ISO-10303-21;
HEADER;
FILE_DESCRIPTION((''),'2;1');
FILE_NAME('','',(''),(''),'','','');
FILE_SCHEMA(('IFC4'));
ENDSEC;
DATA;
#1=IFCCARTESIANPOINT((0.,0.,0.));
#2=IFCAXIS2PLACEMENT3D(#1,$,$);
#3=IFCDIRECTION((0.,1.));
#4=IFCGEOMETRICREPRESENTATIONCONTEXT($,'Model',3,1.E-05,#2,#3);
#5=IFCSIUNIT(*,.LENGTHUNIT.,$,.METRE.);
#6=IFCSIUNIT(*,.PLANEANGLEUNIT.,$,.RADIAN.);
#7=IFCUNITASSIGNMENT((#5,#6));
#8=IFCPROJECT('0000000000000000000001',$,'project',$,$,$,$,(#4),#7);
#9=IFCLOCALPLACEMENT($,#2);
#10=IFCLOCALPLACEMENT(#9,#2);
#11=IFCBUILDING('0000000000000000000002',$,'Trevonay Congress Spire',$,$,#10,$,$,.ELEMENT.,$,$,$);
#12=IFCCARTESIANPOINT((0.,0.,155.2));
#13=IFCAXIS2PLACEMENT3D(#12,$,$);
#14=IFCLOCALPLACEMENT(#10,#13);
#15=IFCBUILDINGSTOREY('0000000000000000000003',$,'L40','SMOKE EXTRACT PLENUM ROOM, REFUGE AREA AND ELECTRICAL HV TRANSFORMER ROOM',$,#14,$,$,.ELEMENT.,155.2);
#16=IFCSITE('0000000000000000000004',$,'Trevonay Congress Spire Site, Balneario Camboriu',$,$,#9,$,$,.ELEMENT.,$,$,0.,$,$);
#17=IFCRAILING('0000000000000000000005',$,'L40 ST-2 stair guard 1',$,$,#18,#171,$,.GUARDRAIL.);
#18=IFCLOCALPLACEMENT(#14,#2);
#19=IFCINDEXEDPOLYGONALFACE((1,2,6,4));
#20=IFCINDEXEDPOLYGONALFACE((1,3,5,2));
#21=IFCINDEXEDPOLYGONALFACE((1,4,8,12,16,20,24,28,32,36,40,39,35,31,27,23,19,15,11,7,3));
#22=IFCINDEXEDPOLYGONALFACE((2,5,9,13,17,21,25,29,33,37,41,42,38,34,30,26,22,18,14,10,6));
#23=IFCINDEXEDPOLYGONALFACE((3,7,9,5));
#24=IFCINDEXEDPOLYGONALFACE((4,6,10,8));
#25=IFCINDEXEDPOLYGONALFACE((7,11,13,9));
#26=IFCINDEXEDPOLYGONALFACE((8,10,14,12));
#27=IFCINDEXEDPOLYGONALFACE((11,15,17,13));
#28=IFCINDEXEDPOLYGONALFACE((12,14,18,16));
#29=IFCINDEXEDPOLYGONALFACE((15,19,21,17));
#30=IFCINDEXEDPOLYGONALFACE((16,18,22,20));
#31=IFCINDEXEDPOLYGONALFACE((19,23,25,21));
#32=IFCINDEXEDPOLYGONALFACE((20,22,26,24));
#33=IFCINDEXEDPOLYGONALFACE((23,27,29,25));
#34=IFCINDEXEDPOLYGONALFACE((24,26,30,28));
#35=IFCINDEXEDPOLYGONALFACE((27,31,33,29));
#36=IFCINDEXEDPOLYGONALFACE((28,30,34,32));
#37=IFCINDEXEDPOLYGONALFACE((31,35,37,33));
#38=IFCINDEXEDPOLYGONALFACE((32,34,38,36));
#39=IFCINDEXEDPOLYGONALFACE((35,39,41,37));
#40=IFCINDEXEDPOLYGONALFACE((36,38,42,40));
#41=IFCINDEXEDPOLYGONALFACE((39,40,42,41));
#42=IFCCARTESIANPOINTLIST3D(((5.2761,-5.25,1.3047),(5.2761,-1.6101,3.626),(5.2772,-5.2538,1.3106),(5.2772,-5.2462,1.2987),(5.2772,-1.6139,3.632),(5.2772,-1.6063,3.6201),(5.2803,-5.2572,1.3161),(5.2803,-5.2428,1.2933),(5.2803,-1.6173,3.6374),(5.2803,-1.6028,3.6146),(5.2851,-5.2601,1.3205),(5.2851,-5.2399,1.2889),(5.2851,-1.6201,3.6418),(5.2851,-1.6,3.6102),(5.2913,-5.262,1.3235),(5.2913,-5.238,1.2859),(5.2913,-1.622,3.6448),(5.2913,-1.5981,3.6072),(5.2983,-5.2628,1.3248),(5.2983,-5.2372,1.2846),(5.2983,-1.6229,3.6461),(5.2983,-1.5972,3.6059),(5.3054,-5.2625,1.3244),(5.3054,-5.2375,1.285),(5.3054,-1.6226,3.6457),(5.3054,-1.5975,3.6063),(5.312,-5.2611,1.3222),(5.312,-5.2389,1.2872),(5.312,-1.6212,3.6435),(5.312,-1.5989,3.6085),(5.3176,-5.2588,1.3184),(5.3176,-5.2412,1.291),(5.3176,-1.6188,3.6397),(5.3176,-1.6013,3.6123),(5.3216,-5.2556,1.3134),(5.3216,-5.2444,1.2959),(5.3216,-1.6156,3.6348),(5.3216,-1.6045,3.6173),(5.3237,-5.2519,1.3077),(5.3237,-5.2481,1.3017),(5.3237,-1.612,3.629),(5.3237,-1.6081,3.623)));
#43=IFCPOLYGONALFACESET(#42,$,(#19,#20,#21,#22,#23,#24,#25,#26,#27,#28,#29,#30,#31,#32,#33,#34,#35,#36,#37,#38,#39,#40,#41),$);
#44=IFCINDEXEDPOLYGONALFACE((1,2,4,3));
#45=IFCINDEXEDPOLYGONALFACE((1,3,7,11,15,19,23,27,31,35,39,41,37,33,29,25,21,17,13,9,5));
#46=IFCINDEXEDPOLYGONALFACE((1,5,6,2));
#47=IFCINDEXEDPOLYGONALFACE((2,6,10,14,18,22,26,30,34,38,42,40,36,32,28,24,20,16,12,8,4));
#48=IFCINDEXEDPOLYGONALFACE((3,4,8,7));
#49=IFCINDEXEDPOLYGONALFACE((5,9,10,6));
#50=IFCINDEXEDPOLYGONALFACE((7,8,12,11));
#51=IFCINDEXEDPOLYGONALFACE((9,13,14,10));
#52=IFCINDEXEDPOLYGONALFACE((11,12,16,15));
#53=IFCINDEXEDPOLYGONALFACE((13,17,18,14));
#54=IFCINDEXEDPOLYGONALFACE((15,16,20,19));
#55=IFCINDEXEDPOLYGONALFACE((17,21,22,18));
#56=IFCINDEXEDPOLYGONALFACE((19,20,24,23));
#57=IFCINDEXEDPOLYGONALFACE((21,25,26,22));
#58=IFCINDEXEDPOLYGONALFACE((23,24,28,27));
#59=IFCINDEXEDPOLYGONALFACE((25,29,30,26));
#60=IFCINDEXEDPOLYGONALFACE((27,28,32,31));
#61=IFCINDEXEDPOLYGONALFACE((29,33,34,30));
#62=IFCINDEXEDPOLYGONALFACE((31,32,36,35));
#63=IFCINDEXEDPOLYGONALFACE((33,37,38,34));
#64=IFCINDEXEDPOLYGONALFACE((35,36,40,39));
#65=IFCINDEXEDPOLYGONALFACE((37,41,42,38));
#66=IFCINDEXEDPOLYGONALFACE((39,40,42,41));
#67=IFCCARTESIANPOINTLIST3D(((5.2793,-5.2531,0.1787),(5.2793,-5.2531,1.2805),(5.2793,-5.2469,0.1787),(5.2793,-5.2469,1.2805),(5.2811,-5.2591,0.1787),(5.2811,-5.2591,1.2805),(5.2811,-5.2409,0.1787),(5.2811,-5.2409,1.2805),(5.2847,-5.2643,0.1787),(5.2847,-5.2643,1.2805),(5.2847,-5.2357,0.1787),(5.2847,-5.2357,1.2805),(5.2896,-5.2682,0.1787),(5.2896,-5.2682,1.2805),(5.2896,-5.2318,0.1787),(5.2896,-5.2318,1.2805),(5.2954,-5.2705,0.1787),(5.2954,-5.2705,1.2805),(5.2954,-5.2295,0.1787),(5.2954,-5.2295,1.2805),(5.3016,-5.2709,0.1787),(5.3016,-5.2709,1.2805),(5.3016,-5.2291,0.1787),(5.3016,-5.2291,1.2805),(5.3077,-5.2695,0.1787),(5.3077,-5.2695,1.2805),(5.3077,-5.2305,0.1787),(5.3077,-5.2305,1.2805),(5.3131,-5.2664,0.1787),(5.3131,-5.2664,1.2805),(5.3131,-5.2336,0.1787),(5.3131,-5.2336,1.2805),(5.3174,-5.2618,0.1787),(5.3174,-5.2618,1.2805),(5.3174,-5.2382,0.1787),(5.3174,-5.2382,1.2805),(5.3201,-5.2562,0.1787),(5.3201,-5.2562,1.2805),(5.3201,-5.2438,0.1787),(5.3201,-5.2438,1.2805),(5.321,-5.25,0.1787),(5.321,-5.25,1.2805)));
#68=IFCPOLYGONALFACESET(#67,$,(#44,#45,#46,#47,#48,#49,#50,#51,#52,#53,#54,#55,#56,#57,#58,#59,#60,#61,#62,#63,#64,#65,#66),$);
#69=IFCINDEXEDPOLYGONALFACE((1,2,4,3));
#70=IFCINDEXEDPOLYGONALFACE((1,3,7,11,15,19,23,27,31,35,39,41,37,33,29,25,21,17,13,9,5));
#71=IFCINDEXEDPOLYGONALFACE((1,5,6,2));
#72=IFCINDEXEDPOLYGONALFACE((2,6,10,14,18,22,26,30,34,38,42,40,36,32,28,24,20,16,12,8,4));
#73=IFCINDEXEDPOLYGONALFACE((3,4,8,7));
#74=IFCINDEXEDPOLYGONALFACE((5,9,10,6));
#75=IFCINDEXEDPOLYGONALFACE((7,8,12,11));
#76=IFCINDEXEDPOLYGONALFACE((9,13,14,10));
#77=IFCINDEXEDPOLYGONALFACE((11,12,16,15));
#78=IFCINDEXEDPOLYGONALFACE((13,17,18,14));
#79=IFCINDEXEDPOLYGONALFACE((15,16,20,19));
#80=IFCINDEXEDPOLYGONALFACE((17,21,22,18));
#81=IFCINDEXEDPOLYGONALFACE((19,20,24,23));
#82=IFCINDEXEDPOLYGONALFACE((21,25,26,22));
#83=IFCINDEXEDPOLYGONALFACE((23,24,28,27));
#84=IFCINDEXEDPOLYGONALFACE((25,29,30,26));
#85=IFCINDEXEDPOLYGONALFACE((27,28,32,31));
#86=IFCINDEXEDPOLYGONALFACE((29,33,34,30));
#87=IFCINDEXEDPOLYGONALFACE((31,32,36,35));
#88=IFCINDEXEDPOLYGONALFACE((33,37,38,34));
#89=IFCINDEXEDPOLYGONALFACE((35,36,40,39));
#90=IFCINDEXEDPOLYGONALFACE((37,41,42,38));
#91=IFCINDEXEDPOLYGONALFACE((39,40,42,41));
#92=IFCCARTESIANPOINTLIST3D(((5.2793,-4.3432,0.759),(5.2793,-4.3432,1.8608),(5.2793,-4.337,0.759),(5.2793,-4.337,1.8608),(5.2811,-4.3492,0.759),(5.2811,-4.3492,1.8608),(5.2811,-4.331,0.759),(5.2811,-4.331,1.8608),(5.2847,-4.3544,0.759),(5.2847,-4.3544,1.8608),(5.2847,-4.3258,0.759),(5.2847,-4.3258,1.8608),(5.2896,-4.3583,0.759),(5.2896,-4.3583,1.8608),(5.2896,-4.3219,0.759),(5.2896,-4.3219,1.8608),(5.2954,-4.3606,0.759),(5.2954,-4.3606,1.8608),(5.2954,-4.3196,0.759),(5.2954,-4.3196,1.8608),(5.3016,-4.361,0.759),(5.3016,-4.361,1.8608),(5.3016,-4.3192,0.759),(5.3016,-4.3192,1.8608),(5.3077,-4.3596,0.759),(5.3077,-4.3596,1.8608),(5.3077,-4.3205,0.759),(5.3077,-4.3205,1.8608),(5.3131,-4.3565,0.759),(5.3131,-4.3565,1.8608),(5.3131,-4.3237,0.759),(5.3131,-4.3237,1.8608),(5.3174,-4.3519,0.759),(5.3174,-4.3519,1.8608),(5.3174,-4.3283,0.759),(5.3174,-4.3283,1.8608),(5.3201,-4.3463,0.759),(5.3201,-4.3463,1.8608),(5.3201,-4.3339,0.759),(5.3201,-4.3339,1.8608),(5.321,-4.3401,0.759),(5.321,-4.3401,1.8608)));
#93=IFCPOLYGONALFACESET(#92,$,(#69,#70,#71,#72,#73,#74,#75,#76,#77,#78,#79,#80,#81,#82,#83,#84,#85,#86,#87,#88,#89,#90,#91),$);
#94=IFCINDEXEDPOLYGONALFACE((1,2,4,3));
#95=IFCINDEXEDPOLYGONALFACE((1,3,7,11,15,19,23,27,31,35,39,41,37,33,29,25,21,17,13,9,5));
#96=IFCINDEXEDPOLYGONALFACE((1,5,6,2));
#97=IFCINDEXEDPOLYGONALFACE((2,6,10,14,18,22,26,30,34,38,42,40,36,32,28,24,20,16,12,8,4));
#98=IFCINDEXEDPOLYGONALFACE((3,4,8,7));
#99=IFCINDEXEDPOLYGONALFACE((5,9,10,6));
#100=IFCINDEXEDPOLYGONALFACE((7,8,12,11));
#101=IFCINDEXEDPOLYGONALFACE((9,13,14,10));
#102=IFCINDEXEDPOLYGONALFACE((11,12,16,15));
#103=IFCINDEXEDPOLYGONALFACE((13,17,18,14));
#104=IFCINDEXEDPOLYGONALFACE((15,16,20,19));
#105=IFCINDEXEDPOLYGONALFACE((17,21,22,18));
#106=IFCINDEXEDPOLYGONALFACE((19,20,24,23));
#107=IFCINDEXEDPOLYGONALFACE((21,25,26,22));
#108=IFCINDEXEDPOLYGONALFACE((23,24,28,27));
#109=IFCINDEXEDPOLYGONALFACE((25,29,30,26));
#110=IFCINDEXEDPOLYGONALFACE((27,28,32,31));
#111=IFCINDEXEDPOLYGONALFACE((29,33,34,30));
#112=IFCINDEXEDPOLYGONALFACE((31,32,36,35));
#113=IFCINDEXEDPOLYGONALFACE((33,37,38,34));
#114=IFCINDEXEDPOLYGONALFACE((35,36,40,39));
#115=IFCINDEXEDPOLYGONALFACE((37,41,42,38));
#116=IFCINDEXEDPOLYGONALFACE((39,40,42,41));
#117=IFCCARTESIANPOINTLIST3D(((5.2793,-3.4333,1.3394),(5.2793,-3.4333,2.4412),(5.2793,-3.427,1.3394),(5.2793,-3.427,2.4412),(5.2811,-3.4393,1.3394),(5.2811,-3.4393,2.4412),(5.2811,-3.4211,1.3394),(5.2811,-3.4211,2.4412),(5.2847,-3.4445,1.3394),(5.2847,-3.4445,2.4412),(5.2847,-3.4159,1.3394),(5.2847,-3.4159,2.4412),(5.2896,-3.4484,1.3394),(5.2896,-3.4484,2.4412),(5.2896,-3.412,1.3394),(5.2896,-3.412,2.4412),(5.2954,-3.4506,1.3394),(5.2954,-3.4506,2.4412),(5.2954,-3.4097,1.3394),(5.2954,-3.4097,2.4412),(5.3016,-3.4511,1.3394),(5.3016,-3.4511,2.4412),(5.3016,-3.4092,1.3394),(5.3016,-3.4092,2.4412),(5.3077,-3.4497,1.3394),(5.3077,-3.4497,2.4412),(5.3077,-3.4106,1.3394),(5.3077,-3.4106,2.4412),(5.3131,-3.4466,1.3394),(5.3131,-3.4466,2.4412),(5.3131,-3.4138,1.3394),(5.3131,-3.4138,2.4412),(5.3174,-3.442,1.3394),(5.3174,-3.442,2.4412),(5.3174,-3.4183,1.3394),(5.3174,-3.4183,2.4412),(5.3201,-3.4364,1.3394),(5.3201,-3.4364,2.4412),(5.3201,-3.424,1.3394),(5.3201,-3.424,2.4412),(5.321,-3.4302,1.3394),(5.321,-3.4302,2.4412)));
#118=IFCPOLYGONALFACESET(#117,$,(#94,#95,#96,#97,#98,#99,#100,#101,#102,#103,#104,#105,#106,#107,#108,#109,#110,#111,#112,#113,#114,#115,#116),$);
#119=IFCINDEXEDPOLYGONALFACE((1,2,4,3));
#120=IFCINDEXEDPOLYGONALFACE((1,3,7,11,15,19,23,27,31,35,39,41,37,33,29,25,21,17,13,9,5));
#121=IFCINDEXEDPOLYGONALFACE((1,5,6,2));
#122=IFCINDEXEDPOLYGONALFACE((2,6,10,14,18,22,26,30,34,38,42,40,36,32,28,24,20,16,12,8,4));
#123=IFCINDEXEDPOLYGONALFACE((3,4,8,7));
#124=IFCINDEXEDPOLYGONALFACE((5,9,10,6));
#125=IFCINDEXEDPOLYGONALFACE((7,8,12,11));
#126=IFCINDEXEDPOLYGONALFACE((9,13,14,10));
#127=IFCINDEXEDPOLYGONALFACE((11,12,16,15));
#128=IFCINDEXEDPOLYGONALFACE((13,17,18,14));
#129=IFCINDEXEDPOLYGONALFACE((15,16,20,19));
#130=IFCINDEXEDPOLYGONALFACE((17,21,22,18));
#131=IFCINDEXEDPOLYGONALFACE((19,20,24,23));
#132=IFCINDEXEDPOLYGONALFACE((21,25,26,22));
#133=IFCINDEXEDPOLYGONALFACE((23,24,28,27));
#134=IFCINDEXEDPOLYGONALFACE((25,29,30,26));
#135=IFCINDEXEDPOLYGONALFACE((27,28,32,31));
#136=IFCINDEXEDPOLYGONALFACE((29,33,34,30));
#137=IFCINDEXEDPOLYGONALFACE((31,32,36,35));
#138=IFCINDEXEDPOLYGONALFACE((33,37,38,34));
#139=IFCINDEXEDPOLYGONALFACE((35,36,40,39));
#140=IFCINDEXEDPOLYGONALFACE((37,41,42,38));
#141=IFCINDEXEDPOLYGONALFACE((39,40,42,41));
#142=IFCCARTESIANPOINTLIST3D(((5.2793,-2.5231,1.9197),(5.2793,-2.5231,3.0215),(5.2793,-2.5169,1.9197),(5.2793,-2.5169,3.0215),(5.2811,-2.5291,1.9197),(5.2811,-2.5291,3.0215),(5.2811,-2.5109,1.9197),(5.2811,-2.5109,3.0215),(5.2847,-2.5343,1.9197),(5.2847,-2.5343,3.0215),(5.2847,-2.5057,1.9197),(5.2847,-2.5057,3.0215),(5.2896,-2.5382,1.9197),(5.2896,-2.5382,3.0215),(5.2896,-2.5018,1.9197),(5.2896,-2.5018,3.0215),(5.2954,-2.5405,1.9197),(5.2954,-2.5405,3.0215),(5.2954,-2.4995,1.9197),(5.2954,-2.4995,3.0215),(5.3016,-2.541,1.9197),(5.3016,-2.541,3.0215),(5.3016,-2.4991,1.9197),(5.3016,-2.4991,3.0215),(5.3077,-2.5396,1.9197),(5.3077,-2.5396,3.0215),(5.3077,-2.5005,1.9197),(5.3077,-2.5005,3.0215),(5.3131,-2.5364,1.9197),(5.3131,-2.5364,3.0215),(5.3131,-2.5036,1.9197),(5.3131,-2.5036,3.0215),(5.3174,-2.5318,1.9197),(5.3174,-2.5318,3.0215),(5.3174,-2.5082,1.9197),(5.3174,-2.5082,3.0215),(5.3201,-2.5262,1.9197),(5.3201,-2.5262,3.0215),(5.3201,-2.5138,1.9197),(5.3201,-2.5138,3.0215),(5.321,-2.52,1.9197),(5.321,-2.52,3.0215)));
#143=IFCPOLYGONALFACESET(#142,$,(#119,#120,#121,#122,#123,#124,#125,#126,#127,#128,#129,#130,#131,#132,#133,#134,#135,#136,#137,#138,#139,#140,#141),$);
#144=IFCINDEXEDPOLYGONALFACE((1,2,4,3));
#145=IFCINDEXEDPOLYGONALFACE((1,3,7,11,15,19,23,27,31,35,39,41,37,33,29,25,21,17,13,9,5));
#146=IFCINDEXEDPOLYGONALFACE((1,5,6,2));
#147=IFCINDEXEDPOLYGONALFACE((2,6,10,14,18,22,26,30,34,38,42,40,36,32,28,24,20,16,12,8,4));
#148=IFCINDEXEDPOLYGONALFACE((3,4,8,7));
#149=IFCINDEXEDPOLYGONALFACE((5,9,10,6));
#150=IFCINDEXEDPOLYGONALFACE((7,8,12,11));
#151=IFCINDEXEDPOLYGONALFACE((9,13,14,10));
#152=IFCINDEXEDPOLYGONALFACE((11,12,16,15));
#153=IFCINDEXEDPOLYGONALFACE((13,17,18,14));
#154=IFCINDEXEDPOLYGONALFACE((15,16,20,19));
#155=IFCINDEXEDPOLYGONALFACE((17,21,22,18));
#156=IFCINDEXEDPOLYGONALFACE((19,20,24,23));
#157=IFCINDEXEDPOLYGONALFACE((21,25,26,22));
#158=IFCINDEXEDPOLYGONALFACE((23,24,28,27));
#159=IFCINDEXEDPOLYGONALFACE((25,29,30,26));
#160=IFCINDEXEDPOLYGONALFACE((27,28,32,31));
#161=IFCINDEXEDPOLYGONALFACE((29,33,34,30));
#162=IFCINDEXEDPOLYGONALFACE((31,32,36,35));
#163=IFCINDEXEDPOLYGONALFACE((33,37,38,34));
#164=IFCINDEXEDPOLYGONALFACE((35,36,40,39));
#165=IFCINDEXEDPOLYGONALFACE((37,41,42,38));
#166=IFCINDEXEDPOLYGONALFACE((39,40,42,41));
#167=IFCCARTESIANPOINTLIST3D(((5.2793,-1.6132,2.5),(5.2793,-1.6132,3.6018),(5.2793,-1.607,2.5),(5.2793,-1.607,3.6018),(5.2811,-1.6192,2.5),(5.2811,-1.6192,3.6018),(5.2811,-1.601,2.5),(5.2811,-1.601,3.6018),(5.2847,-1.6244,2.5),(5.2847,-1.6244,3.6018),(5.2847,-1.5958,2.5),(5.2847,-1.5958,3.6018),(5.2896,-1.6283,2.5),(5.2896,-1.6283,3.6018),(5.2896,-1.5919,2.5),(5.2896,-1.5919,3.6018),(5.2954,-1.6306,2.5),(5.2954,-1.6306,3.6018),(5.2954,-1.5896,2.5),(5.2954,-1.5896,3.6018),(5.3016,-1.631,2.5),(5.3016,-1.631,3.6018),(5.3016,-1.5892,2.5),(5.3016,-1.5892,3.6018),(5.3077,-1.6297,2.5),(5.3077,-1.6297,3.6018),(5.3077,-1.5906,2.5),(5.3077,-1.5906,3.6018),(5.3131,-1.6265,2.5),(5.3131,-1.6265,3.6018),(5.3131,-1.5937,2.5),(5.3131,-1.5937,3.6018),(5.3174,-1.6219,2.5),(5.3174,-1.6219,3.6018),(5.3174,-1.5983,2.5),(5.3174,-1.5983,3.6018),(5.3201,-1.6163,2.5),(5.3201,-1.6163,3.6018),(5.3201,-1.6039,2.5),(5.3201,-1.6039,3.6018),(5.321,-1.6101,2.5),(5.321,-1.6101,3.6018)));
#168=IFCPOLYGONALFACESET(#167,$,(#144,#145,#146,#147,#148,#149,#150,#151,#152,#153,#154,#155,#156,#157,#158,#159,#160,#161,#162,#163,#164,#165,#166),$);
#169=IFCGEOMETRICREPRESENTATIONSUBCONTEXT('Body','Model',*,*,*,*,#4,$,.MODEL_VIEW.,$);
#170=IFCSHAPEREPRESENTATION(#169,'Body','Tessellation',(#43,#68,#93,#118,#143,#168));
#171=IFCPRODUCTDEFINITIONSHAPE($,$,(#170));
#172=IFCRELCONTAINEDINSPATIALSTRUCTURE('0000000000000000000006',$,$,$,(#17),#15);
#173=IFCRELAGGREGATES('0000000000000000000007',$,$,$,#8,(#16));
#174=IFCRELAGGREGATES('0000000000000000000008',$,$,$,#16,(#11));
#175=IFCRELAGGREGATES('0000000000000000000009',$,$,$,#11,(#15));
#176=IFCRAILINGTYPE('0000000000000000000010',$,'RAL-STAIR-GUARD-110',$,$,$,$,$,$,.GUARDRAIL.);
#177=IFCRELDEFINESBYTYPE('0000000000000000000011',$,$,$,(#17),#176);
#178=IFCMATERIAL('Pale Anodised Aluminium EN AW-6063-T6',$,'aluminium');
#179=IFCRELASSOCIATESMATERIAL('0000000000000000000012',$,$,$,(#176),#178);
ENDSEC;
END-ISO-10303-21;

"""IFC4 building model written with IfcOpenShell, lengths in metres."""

from ifc_helpers import new_model, si_unit, direction, frame, origin, origin_2d, place, context, subcontext, project, spatial, circle, extrude, material, type_object, element, save


model = new_model("IFC4")

# Units and contexts
model_context = context("Model", 3, precision=1e-05, world=origin(), true_north=direction((0.0, 1.0)))
body_context = subcontext(model_context, "Body", "Model", "MODEL_VIEW")
ifc_project = project(units=[si_unit("LENGTHUNIT", "METRE"), si_unit("PLANEANGLEUNIT", "RADIAN")], contexts=[model_context])

# Site, building, storey
site_placement = place(None, origin())
site = spatial("IfcSite", under=ifc_project, at=site_placement, Name="Trevonay Congress Spire Site, Balneario Camboriu", CompositionType="ELEMENT", RefElevation=0.0)
building_placement = place(site_placement, origin())
building = spatial("IfcBuilding", under=site, at=building_placement, Name="Trevonay Congress Spire", CompositionType="ELEMENT")
storey_placement = place(building_placement, frame((0.0, 0.0, 155.2)))
storey = spatial("IfcBuildingStorey", under=building, at=storey_placement, Name="L40", Description="SMOKE EXTRACT PLENUM ROOM, REFUGE AREA AND ELECTRICAL HV TRANSFORMER ROOM", CompositionType="ELEMENT", Elevation=155.2)

# Shared definitions
ifc_material_1 = material(Name="Pale Anodised Aluminium EN AW-6063-T6", Category="aluminium")

# Railing
railing_type_1 = type_object("IfcRailingType", Name="RAL-STAIR-GUARD-110", PredefinedType="GUARDRAIL", material=ifc_material_1)
railing_1_placement = place(storey_placement, frame((5.3, -5.25, 0.1787)))
element("IfcRailing", 1, at=railing_1_placement, inside=storey, type_object=railing_type_1, Name="L40 ST-2 stair guard 1", PredefinedType="GUARDRAIL", context=body_context, shape_type="SweptSolid", body=[
    extrude(circle(Radius=0.0239, at=origin_2d()), frame((0.0, 0.0, 1.126), z_axis=(0.0, 0.843137, 0.537699), x_axis=(-1.0, 0.0, 0.0)), (0.0, 0.0, 1.0), 4.3171),
    extrude(circle(Radius=0.021, at=origin_2d()), origin(), (0.0, 0.0, 1.0), 1.1018),
    extrude(circle(Radius=0.021, at=origin_2d()), frame((0.0, 0.9099, 0.5803)), (0.0, 0.0, 1.0), 1.1018),
    extrude(circle(Radius=0.021, at=origin_2d()), frame((0.0, 1.8198, 1.1606)), (0.0, 0.0, 1.0), 1.1018),
    extrude(circle(Radius=0.021, at=origin_2d()), frame((0.0, 2.73, 1.741)), (0.0, 0.0, 1.0), 1.1018),
    extrude(circle(Radius=0.021, at=origin_2d()), frame((0.0, 3.6399, 2.3213)), (0.0, 0.0, 1.0), 1.1018),
])

save(model, "model.ifc")
